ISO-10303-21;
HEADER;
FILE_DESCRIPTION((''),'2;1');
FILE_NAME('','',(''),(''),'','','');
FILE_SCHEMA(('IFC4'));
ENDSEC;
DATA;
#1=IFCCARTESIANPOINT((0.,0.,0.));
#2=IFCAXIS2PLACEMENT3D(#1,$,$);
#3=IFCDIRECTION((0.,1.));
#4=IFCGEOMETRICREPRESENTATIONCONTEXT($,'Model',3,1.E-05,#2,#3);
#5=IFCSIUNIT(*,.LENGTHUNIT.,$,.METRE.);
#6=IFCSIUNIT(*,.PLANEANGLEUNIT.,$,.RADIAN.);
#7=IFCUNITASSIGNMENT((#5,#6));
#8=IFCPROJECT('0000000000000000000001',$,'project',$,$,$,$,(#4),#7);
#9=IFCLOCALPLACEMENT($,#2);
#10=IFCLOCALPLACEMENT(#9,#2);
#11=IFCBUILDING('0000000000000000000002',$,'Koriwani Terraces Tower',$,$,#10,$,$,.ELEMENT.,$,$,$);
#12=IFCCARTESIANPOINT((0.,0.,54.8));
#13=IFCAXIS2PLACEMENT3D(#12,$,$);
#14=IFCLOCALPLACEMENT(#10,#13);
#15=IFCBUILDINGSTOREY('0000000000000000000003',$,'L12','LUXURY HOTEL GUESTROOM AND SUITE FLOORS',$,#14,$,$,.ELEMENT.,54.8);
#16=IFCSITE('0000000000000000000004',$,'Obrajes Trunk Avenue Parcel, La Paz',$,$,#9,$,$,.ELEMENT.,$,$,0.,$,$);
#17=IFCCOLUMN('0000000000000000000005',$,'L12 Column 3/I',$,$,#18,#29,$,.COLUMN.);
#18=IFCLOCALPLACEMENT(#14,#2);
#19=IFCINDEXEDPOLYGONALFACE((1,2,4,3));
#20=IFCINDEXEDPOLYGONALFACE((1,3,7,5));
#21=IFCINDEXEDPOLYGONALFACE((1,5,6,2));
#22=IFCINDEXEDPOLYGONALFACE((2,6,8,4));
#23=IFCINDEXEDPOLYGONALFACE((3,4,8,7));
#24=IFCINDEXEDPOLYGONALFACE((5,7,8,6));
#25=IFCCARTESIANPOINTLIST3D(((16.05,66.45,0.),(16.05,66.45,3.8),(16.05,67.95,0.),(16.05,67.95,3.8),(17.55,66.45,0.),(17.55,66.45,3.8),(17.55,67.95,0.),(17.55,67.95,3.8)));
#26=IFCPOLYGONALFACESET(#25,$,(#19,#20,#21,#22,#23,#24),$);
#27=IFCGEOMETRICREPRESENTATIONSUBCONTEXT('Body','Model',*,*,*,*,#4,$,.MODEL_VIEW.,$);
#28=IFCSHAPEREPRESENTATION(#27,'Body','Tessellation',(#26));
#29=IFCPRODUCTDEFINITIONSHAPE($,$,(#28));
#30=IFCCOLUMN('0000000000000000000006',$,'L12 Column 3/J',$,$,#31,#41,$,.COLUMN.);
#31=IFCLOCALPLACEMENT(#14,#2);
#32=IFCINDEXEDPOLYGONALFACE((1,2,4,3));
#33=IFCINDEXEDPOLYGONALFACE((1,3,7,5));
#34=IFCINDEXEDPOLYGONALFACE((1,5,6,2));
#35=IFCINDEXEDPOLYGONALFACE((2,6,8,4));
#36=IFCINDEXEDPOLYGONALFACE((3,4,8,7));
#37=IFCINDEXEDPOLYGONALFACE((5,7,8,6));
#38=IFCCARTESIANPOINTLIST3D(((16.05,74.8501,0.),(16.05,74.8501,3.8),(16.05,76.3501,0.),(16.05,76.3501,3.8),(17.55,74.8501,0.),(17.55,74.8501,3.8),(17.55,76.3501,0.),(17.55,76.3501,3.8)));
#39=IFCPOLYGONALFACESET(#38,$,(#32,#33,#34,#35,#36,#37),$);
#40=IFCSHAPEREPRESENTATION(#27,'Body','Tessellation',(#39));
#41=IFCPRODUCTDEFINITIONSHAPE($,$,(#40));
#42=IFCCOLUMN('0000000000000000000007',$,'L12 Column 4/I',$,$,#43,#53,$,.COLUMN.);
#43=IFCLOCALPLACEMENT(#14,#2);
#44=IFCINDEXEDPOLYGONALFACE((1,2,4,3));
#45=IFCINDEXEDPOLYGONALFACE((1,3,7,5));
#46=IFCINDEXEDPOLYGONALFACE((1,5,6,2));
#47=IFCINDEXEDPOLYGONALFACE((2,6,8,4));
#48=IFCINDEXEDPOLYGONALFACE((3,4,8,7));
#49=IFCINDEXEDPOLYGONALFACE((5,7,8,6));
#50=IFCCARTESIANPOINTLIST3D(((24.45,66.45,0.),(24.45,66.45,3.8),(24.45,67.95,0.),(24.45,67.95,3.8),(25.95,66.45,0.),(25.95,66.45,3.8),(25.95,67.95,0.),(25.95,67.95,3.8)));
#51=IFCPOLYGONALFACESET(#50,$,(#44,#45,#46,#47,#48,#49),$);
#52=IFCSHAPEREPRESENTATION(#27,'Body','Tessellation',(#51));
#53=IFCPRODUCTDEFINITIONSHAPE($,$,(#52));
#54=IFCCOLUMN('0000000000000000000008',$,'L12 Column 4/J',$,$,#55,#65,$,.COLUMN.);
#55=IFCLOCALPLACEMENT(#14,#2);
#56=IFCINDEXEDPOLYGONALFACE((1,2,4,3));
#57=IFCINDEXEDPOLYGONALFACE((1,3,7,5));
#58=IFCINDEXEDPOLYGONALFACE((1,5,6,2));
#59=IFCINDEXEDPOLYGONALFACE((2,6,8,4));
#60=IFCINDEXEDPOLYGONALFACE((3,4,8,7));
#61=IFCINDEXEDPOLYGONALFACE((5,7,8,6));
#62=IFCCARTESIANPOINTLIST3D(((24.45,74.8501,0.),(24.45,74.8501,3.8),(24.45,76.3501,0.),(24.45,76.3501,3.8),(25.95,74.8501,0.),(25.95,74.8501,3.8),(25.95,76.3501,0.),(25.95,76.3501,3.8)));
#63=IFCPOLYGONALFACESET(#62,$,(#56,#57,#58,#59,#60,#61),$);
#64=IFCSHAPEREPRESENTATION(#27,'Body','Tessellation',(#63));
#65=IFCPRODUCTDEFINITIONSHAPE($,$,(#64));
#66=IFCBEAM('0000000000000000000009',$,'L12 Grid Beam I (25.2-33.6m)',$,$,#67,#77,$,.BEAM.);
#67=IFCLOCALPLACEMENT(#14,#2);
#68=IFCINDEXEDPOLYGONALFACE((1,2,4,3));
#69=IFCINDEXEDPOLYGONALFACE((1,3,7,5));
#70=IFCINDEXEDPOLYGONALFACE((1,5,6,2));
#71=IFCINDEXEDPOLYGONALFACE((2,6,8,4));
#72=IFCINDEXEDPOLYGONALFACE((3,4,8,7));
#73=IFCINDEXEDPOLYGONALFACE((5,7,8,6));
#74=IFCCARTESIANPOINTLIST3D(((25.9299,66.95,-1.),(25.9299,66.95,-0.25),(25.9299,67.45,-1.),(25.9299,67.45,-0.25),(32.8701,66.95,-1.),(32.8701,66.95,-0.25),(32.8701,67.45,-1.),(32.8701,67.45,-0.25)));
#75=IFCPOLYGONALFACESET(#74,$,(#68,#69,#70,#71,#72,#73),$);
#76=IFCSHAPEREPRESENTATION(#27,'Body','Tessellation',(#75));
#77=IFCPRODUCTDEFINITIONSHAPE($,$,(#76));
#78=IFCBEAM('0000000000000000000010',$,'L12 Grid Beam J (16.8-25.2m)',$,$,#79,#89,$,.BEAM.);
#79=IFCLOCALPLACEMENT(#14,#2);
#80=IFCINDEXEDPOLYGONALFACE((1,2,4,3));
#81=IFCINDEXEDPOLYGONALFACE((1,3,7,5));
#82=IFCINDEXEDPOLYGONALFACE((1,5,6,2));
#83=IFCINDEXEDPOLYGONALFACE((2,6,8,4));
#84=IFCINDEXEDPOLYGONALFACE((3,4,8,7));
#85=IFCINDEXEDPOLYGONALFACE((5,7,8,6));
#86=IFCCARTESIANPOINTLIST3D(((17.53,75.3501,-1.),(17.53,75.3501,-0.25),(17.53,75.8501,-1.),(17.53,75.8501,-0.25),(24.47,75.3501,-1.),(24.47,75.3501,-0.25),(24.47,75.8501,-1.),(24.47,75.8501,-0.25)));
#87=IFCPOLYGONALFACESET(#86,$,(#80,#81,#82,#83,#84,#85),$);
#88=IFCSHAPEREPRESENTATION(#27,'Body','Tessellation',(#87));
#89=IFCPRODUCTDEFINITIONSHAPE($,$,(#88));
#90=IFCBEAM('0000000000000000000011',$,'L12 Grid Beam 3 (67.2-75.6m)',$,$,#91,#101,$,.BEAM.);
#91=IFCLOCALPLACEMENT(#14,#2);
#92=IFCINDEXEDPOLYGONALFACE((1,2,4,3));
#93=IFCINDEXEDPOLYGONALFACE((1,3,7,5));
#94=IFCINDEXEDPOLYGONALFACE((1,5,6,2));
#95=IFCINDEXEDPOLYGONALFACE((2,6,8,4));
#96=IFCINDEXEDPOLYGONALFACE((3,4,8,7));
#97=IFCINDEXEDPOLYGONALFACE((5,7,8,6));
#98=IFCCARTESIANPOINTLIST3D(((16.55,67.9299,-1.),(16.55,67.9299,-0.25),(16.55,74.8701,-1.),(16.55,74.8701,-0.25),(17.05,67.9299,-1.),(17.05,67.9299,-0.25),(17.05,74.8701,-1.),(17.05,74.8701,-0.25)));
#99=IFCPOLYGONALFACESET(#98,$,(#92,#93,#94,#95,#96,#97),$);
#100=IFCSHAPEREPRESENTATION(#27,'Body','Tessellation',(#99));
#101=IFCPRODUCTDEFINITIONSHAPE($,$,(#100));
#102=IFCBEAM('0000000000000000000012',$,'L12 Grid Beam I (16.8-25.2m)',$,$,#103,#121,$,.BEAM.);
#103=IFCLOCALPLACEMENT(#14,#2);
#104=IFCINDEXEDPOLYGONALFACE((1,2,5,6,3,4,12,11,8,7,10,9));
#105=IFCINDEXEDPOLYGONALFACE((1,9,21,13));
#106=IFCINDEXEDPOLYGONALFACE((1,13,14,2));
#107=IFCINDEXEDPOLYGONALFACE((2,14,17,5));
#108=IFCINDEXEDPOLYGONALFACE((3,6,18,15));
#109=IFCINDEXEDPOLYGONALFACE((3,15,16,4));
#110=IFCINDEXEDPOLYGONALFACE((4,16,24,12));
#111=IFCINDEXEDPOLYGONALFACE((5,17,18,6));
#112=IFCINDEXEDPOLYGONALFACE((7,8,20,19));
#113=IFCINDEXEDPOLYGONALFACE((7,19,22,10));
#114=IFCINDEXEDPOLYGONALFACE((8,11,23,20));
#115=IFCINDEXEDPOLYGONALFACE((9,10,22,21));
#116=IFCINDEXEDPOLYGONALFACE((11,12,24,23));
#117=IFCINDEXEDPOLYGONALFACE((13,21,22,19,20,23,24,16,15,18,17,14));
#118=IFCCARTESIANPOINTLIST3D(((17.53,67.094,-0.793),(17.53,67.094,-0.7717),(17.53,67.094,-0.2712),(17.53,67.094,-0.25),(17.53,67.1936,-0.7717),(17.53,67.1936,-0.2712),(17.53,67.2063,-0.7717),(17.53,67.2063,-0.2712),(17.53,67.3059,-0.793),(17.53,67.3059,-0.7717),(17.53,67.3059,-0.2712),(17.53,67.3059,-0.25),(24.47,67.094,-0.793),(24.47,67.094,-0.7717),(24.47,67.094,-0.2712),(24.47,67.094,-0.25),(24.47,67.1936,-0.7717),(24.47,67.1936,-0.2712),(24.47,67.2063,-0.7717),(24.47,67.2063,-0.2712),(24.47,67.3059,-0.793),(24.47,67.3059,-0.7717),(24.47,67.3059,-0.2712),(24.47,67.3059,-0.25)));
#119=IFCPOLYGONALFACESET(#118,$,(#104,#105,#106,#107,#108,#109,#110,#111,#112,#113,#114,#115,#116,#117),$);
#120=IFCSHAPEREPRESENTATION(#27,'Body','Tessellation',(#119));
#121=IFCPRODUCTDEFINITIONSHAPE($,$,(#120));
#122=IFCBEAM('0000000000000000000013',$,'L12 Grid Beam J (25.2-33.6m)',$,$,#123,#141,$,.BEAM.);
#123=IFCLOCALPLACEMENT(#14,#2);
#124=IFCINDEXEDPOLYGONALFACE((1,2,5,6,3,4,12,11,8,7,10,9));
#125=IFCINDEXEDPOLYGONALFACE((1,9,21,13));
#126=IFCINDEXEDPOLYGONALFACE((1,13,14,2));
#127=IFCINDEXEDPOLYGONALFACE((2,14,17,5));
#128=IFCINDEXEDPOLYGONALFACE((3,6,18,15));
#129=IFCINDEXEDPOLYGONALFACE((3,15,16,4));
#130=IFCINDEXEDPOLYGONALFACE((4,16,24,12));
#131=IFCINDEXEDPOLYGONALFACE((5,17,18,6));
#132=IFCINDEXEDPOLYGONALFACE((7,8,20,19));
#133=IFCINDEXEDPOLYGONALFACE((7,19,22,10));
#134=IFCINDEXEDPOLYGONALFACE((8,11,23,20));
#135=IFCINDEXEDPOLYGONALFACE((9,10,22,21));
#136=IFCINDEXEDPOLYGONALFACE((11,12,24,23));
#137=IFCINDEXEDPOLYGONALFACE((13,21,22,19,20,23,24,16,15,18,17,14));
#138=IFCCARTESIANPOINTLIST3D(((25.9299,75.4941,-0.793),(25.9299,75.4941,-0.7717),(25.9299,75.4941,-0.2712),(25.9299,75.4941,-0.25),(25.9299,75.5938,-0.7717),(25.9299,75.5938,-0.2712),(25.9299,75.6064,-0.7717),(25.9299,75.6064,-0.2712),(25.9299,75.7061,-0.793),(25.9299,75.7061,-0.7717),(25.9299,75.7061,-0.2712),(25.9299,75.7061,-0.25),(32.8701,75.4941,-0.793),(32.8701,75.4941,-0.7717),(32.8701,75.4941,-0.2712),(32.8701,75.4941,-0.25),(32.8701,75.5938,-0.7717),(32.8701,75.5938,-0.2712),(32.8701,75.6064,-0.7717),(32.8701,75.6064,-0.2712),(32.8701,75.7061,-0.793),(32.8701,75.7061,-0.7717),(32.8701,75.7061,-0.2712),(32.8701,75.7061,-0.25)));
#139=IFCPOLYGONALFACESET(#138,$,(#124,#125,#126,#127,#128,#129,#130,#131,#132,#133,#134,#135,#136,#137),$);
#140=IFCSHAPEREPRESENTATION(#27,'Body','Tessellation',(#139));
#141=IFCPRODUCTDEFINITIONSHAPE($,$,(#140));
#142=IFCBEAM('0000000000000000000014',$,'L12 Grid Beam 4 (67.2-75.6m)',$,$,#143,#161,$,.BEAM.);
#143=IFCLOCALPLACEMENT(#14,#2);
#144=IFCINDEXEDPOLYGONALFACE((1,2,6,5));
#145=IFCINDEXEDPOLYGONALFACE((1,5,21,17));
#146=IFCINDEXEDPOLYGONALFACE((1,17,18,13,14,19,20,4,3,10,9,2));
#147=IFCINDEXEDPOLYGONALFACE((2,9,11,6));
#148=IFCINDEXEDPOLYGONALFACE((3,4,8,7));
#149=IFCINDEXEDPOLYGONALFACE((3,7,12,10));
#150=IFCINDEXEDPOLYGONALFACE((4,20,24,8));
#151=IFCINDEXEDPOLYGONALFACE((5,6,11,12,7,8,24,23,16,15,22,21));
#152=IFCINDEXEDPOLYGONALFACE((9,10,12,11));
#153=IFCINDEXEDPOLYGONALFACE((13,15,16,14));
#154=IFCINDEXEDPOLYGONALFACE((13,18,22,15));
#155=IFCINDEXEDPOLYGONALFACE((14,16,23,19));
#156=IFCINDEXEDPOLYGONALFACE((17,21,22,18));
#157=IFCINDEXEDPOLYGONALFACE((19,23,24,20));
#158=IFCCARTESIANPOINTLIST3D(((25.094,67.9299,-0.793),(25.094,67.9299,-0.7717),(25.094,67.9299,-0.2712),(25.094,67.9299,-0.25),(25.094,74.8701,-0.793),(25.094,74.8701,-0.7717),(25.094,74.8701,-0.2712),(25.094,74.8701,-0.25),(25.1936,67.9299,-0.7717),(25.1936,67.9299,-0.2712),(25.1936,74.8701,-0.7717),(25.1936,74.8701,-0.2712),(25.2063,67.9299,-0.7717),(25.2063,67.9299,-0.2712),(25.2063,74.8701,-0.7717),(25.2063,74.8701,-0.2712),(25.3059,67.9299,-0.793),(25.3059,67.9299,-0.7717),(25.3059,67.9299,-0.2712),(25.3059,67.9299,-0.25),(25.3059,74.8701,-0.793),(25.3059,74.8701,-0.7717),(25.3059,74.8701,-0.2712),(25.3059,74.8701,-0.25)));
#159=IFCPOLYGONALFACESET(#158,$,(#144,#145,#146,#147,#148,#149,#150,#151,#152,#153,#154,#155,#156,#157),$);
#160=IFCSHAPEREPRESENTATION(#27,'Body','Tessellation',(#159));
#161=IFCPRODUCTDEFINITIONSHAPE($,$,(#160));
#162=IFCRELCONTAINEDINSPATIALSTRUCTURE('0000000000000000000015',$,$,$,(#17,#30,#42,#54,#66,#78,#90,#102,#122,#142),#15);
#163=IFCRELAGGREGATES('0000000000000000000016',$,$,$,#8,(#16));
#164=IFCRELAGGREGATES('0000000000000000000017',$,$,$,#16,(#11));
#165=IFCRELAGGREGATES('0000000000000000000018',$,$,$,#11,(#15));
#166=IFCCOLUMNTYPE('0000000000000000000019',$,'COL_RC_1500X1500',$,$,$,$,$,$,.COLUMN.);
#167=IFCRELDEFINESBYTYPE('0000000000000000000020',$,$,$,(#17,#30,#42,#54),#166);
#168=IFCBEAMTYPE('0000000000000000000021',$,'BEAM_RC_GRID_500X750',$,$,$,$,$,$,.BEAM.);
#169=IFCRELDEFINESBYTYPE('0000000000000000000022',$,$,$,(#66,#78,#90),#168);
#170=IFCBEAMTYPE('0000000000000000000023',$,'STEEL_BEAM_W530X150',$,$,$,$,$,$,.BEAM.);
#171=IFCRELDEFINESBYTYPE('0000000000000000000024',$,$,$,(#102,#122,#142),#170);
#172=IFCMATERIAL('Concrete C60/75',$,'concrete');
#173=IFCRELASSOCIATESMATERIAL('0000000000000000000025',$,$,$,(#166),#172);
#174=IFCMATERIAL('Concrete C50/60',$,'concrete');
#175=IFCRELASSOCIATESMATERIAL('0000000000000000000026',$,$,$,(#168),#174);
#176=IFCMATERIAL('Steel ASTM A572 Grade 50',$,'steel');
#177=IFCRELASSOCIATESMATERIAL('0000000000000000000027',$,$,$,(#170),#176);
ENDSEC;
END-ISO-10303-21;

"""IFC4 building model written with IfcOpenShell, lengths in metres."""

from ifc_helpers import new_model, si_unit, direction, frame, origin, origin_2d, place, context, subcontext, project, spatial, rectangle, i_section, extrude, material, material_profile, profile_set, type_object, element, save


model = new_model("IFC4")

# Units and contexts
model_context = context("Model", 3, precision=1e-05, world=origin(), true_north=direction((0.0, 1.0)))
body_context = subcontext(model_context, "Body", "Model", "MODEL_VIEW")
ifc_project = project(units=[si_unit("LENGTHUNIT", "METRE"), si_unit("PLANEANGLEUNIT", "RADIAN")], contexts=[model_context])

# Site, building, storey
site_placement = place(None, origin())
site = spatial("IfcSite", under=ifc_project, at=site_placement, Name="Obrajes Trunk Avenue Parcel, La Paz", CompositionType="ELEMENT", RefElevation=0.0)
building_placement = place(site_placement, origin())
building = spatial("IfcBuilding", under=site, at=building_placement, Name="Koriwani Terraces Tower", CompositionType="ELEMENT")
storey_placement = place(building_placement, frame((0.0, 0.0, 54.8)))
storey = spatial("IfcBuildingStorey", under=building, at=storey_placement, Name="L12", Description="LUXURY HOTEL GUESTROOM AND SUITE FLOORS", CompositionType="ELEMENT", Elevation=54.8)

# Columns
ifc_material_1 = material(Name="Concrete C60/75", Category="concrete")
ifc_material_profile_1 = material_profile(ifc_material_1, rectangle(XDim=1.5, YDim=1.5, at=origin_2d()), Name="Concrete C60/75", Category="LoadBearing")
ifc_profile_set_1 = profile_set([ifc_material_profile_1], Name="Concrete C60/75")
column_type = type_object("IfcColumnType", Name="COL_RC_1500X1500", PredefinedType="COLUMN", material=ifc_profile_set_1)
for number, where, z_axis, x_axis, name in (
    (1, (16.8, 67.2, 0.0), (0.0, 0.0, 1.0), (1.0, 0.0, 0.0), "L12 Column 3/I"),
    (2, (16.8, 75.6001, 0.0), (0.0, 0.0, 1.0), (1.0, 0.0, 0.0), "L12 Column 3/J"),
    (3, (25.2, 67.2, 0.0), (0.0, 0.0, 1.0), (1.0, 0.0, 0.0), "L12 Column 4/I"),
    (4, (25.2, 75.6001, 0.0), (0.0, 0.0, 1.0), (1.0, 0.0, 0.0), "L12 Column 4/J"),
):
    element("IfcColumn", number, at=place(storey_placement, frame(where, z_axis=z_axis, x_axis=x_axis)), inside=storey, type_object=column_type, Name=name, PredefinedType="COLUMN", context=body_context, shape_type="SweptSolid", body=[
        extrude(rectangle(XDim=1.5, YDim=1.5, at=origin_2d()), origin(), (0.0, 0.0, 1.0), 3.8),
    ])

# Beams
ifc_material_2 = material(Name="Concrete C50/60", Category="concrete")
ifc_material_profile_2 = material_profile(ifc_material_2, rectangle(XDim=0.5, YDim=0.75, at=origin_2d()), Name="Concrete C50/60", Category="LoadBearing")
ifc_profile_set_2 = profile_set([ifc_material_profile_2], Name="Concrete C50/60")
beam_type_1 = type_object("IfcBeamType", Name="BEAM_RC_GRID_500X750", PredefinedType="BEAM", material=ifc_profile_set_2)
beam_1_placement = place(storey_placement, frame((25.9299, 67.2, -0.625), z_axis=(1.0, 0.0, 0.0), x_axis=(0.0, 1.0, 0.0)))
element("IfcBeam", 5, at=beam_1_placement, inside=storey, type_object=beam_type_1, Name="L12 Grid Beam I (25.2-33.6m)", PredefinedType="BEAM", context=body_context, shape_type="SweptSolid", body=[
    extrude(rectangle(XDim=0.5, YDim=0.75, at=origin_2d()), origin(), (0.0, 0.0, 1.0), 6.9402),
])
beam_2_placement = place(storey_placement, frame((17.53, 75.6001, -0.625), z_axis=(1.0, 0.0, 0.0), x_axis=(0.0, 1.0, 0.0)))
element("IfcBeam", 6, at=beam_2_placement, inside=storey, type_object=beam_type_1, Name="L12 Grid Beam J (16.8-25.2m)", PredefinedType="BEAM", context=body_context, shape_type="SweptSolid", body=[
    extrude(rectangle(XDim=0.5, YDim=0.75, at=origin_2d()), origin(), (0.0, 0.0, 1.0), 6.9399),
])
beam_3_placement = place(storey_placement, frame((16.8, 67.9299, -0.625), z_axis=(0.0, 1.0, 0.0), x_axis=(-1.0, 0.0, 0.0)))
element("IfcBeam", 7, at=beam_3_placement, inside=storey, type_object=beam_type_1, Name="L12 Grid Beam 3 (67.2-75.6m)", PredefinedType="BEAM", context=body_context, shape_type="SweptSolid", body=[
    extrude(rectangle(XDim=0.5, YDim=0.75, at=origin_2d()), origin(), (0.0, 0.0, 1.0), 6.9402),
])
ifc_material_3 = material(Name="Steel ASTM A572 Grade 50", Category="steel")
ifc_material_profile_3 = material_profile(ifc_material_3, i_section(OverallWidth=0.2119, OverallDepth=0.543, WebThickness=0.0127, FlangeThickness=0.0212, at=origin_2d()), Name="Steel ASTM A572 Grade 50", Category="LoadBearing")
ifc_profile_set_3 = profile_set([ifc_material_profile_3], Name="Steel ASTM A572 Grade 50")
beam_type_2 = type_object("IfcBeamType", Name="STEEL_BEAM_W530X150", PredefinedType="BEAM", material=ifc_profile_set_3)
beam_4_placement = place(storey_placement, frame((17.53, 67.2, -0.5215), z_axis=(1.0, 0.0, 0.0), x_axis=(0.0, 1.0, 0.0)))
element("IfcBeam", 8, at=beam_4_placement, inside=storey, type_object=beam_type_2, Name="L12 Grid Beam I (16.8-25.2m)", PredefinedType="BEAM", context=body_context, shape_type="SweptSolid", body=[
    extrude(i_section(OverallWidth=0.2119, OverallDepth=0.543, WebThickness=0.0127, FlangeThickness=0.0212, at=origin_2d()), origin(), (0.0, 0.0, 1.0), 6.9399),
])
for number, where, z_axis, x_axis, name in (
    (9, (25.9299, 75.6001, -0.5215), (1.0, 0.0, 0.0), (0.0, 1.0, 0.0), "L12 Grid Beam J (25.2-33.6m)"),
    (10, (25.2, 67.9299, -0.5215), (0.0, 1.0, 0.0), (-1.0, 0.0, 0.0), "L12 Grid Beam 4 (67.2-75.6m)"),
):
    element("IfcBeam", number, at=place(storey_placement, frame(where, z_axis=z_axis, x_axis=x_axis)), inside=storey, type_object=beam_type_2, Name=name, PredefinedType="BEAM", context=body_context, shape_type="SweptSolid", body=[
        extrude(i_section(OverallWidth=0.2119, OverallDepth=0.543, WebThickness=0.0127, FlangeThickness=0.0212, at=origin_2d()), origin(), (0.0, 0.0, 1.0), 6.9402),
    ])

save(model, "model.ifc")
